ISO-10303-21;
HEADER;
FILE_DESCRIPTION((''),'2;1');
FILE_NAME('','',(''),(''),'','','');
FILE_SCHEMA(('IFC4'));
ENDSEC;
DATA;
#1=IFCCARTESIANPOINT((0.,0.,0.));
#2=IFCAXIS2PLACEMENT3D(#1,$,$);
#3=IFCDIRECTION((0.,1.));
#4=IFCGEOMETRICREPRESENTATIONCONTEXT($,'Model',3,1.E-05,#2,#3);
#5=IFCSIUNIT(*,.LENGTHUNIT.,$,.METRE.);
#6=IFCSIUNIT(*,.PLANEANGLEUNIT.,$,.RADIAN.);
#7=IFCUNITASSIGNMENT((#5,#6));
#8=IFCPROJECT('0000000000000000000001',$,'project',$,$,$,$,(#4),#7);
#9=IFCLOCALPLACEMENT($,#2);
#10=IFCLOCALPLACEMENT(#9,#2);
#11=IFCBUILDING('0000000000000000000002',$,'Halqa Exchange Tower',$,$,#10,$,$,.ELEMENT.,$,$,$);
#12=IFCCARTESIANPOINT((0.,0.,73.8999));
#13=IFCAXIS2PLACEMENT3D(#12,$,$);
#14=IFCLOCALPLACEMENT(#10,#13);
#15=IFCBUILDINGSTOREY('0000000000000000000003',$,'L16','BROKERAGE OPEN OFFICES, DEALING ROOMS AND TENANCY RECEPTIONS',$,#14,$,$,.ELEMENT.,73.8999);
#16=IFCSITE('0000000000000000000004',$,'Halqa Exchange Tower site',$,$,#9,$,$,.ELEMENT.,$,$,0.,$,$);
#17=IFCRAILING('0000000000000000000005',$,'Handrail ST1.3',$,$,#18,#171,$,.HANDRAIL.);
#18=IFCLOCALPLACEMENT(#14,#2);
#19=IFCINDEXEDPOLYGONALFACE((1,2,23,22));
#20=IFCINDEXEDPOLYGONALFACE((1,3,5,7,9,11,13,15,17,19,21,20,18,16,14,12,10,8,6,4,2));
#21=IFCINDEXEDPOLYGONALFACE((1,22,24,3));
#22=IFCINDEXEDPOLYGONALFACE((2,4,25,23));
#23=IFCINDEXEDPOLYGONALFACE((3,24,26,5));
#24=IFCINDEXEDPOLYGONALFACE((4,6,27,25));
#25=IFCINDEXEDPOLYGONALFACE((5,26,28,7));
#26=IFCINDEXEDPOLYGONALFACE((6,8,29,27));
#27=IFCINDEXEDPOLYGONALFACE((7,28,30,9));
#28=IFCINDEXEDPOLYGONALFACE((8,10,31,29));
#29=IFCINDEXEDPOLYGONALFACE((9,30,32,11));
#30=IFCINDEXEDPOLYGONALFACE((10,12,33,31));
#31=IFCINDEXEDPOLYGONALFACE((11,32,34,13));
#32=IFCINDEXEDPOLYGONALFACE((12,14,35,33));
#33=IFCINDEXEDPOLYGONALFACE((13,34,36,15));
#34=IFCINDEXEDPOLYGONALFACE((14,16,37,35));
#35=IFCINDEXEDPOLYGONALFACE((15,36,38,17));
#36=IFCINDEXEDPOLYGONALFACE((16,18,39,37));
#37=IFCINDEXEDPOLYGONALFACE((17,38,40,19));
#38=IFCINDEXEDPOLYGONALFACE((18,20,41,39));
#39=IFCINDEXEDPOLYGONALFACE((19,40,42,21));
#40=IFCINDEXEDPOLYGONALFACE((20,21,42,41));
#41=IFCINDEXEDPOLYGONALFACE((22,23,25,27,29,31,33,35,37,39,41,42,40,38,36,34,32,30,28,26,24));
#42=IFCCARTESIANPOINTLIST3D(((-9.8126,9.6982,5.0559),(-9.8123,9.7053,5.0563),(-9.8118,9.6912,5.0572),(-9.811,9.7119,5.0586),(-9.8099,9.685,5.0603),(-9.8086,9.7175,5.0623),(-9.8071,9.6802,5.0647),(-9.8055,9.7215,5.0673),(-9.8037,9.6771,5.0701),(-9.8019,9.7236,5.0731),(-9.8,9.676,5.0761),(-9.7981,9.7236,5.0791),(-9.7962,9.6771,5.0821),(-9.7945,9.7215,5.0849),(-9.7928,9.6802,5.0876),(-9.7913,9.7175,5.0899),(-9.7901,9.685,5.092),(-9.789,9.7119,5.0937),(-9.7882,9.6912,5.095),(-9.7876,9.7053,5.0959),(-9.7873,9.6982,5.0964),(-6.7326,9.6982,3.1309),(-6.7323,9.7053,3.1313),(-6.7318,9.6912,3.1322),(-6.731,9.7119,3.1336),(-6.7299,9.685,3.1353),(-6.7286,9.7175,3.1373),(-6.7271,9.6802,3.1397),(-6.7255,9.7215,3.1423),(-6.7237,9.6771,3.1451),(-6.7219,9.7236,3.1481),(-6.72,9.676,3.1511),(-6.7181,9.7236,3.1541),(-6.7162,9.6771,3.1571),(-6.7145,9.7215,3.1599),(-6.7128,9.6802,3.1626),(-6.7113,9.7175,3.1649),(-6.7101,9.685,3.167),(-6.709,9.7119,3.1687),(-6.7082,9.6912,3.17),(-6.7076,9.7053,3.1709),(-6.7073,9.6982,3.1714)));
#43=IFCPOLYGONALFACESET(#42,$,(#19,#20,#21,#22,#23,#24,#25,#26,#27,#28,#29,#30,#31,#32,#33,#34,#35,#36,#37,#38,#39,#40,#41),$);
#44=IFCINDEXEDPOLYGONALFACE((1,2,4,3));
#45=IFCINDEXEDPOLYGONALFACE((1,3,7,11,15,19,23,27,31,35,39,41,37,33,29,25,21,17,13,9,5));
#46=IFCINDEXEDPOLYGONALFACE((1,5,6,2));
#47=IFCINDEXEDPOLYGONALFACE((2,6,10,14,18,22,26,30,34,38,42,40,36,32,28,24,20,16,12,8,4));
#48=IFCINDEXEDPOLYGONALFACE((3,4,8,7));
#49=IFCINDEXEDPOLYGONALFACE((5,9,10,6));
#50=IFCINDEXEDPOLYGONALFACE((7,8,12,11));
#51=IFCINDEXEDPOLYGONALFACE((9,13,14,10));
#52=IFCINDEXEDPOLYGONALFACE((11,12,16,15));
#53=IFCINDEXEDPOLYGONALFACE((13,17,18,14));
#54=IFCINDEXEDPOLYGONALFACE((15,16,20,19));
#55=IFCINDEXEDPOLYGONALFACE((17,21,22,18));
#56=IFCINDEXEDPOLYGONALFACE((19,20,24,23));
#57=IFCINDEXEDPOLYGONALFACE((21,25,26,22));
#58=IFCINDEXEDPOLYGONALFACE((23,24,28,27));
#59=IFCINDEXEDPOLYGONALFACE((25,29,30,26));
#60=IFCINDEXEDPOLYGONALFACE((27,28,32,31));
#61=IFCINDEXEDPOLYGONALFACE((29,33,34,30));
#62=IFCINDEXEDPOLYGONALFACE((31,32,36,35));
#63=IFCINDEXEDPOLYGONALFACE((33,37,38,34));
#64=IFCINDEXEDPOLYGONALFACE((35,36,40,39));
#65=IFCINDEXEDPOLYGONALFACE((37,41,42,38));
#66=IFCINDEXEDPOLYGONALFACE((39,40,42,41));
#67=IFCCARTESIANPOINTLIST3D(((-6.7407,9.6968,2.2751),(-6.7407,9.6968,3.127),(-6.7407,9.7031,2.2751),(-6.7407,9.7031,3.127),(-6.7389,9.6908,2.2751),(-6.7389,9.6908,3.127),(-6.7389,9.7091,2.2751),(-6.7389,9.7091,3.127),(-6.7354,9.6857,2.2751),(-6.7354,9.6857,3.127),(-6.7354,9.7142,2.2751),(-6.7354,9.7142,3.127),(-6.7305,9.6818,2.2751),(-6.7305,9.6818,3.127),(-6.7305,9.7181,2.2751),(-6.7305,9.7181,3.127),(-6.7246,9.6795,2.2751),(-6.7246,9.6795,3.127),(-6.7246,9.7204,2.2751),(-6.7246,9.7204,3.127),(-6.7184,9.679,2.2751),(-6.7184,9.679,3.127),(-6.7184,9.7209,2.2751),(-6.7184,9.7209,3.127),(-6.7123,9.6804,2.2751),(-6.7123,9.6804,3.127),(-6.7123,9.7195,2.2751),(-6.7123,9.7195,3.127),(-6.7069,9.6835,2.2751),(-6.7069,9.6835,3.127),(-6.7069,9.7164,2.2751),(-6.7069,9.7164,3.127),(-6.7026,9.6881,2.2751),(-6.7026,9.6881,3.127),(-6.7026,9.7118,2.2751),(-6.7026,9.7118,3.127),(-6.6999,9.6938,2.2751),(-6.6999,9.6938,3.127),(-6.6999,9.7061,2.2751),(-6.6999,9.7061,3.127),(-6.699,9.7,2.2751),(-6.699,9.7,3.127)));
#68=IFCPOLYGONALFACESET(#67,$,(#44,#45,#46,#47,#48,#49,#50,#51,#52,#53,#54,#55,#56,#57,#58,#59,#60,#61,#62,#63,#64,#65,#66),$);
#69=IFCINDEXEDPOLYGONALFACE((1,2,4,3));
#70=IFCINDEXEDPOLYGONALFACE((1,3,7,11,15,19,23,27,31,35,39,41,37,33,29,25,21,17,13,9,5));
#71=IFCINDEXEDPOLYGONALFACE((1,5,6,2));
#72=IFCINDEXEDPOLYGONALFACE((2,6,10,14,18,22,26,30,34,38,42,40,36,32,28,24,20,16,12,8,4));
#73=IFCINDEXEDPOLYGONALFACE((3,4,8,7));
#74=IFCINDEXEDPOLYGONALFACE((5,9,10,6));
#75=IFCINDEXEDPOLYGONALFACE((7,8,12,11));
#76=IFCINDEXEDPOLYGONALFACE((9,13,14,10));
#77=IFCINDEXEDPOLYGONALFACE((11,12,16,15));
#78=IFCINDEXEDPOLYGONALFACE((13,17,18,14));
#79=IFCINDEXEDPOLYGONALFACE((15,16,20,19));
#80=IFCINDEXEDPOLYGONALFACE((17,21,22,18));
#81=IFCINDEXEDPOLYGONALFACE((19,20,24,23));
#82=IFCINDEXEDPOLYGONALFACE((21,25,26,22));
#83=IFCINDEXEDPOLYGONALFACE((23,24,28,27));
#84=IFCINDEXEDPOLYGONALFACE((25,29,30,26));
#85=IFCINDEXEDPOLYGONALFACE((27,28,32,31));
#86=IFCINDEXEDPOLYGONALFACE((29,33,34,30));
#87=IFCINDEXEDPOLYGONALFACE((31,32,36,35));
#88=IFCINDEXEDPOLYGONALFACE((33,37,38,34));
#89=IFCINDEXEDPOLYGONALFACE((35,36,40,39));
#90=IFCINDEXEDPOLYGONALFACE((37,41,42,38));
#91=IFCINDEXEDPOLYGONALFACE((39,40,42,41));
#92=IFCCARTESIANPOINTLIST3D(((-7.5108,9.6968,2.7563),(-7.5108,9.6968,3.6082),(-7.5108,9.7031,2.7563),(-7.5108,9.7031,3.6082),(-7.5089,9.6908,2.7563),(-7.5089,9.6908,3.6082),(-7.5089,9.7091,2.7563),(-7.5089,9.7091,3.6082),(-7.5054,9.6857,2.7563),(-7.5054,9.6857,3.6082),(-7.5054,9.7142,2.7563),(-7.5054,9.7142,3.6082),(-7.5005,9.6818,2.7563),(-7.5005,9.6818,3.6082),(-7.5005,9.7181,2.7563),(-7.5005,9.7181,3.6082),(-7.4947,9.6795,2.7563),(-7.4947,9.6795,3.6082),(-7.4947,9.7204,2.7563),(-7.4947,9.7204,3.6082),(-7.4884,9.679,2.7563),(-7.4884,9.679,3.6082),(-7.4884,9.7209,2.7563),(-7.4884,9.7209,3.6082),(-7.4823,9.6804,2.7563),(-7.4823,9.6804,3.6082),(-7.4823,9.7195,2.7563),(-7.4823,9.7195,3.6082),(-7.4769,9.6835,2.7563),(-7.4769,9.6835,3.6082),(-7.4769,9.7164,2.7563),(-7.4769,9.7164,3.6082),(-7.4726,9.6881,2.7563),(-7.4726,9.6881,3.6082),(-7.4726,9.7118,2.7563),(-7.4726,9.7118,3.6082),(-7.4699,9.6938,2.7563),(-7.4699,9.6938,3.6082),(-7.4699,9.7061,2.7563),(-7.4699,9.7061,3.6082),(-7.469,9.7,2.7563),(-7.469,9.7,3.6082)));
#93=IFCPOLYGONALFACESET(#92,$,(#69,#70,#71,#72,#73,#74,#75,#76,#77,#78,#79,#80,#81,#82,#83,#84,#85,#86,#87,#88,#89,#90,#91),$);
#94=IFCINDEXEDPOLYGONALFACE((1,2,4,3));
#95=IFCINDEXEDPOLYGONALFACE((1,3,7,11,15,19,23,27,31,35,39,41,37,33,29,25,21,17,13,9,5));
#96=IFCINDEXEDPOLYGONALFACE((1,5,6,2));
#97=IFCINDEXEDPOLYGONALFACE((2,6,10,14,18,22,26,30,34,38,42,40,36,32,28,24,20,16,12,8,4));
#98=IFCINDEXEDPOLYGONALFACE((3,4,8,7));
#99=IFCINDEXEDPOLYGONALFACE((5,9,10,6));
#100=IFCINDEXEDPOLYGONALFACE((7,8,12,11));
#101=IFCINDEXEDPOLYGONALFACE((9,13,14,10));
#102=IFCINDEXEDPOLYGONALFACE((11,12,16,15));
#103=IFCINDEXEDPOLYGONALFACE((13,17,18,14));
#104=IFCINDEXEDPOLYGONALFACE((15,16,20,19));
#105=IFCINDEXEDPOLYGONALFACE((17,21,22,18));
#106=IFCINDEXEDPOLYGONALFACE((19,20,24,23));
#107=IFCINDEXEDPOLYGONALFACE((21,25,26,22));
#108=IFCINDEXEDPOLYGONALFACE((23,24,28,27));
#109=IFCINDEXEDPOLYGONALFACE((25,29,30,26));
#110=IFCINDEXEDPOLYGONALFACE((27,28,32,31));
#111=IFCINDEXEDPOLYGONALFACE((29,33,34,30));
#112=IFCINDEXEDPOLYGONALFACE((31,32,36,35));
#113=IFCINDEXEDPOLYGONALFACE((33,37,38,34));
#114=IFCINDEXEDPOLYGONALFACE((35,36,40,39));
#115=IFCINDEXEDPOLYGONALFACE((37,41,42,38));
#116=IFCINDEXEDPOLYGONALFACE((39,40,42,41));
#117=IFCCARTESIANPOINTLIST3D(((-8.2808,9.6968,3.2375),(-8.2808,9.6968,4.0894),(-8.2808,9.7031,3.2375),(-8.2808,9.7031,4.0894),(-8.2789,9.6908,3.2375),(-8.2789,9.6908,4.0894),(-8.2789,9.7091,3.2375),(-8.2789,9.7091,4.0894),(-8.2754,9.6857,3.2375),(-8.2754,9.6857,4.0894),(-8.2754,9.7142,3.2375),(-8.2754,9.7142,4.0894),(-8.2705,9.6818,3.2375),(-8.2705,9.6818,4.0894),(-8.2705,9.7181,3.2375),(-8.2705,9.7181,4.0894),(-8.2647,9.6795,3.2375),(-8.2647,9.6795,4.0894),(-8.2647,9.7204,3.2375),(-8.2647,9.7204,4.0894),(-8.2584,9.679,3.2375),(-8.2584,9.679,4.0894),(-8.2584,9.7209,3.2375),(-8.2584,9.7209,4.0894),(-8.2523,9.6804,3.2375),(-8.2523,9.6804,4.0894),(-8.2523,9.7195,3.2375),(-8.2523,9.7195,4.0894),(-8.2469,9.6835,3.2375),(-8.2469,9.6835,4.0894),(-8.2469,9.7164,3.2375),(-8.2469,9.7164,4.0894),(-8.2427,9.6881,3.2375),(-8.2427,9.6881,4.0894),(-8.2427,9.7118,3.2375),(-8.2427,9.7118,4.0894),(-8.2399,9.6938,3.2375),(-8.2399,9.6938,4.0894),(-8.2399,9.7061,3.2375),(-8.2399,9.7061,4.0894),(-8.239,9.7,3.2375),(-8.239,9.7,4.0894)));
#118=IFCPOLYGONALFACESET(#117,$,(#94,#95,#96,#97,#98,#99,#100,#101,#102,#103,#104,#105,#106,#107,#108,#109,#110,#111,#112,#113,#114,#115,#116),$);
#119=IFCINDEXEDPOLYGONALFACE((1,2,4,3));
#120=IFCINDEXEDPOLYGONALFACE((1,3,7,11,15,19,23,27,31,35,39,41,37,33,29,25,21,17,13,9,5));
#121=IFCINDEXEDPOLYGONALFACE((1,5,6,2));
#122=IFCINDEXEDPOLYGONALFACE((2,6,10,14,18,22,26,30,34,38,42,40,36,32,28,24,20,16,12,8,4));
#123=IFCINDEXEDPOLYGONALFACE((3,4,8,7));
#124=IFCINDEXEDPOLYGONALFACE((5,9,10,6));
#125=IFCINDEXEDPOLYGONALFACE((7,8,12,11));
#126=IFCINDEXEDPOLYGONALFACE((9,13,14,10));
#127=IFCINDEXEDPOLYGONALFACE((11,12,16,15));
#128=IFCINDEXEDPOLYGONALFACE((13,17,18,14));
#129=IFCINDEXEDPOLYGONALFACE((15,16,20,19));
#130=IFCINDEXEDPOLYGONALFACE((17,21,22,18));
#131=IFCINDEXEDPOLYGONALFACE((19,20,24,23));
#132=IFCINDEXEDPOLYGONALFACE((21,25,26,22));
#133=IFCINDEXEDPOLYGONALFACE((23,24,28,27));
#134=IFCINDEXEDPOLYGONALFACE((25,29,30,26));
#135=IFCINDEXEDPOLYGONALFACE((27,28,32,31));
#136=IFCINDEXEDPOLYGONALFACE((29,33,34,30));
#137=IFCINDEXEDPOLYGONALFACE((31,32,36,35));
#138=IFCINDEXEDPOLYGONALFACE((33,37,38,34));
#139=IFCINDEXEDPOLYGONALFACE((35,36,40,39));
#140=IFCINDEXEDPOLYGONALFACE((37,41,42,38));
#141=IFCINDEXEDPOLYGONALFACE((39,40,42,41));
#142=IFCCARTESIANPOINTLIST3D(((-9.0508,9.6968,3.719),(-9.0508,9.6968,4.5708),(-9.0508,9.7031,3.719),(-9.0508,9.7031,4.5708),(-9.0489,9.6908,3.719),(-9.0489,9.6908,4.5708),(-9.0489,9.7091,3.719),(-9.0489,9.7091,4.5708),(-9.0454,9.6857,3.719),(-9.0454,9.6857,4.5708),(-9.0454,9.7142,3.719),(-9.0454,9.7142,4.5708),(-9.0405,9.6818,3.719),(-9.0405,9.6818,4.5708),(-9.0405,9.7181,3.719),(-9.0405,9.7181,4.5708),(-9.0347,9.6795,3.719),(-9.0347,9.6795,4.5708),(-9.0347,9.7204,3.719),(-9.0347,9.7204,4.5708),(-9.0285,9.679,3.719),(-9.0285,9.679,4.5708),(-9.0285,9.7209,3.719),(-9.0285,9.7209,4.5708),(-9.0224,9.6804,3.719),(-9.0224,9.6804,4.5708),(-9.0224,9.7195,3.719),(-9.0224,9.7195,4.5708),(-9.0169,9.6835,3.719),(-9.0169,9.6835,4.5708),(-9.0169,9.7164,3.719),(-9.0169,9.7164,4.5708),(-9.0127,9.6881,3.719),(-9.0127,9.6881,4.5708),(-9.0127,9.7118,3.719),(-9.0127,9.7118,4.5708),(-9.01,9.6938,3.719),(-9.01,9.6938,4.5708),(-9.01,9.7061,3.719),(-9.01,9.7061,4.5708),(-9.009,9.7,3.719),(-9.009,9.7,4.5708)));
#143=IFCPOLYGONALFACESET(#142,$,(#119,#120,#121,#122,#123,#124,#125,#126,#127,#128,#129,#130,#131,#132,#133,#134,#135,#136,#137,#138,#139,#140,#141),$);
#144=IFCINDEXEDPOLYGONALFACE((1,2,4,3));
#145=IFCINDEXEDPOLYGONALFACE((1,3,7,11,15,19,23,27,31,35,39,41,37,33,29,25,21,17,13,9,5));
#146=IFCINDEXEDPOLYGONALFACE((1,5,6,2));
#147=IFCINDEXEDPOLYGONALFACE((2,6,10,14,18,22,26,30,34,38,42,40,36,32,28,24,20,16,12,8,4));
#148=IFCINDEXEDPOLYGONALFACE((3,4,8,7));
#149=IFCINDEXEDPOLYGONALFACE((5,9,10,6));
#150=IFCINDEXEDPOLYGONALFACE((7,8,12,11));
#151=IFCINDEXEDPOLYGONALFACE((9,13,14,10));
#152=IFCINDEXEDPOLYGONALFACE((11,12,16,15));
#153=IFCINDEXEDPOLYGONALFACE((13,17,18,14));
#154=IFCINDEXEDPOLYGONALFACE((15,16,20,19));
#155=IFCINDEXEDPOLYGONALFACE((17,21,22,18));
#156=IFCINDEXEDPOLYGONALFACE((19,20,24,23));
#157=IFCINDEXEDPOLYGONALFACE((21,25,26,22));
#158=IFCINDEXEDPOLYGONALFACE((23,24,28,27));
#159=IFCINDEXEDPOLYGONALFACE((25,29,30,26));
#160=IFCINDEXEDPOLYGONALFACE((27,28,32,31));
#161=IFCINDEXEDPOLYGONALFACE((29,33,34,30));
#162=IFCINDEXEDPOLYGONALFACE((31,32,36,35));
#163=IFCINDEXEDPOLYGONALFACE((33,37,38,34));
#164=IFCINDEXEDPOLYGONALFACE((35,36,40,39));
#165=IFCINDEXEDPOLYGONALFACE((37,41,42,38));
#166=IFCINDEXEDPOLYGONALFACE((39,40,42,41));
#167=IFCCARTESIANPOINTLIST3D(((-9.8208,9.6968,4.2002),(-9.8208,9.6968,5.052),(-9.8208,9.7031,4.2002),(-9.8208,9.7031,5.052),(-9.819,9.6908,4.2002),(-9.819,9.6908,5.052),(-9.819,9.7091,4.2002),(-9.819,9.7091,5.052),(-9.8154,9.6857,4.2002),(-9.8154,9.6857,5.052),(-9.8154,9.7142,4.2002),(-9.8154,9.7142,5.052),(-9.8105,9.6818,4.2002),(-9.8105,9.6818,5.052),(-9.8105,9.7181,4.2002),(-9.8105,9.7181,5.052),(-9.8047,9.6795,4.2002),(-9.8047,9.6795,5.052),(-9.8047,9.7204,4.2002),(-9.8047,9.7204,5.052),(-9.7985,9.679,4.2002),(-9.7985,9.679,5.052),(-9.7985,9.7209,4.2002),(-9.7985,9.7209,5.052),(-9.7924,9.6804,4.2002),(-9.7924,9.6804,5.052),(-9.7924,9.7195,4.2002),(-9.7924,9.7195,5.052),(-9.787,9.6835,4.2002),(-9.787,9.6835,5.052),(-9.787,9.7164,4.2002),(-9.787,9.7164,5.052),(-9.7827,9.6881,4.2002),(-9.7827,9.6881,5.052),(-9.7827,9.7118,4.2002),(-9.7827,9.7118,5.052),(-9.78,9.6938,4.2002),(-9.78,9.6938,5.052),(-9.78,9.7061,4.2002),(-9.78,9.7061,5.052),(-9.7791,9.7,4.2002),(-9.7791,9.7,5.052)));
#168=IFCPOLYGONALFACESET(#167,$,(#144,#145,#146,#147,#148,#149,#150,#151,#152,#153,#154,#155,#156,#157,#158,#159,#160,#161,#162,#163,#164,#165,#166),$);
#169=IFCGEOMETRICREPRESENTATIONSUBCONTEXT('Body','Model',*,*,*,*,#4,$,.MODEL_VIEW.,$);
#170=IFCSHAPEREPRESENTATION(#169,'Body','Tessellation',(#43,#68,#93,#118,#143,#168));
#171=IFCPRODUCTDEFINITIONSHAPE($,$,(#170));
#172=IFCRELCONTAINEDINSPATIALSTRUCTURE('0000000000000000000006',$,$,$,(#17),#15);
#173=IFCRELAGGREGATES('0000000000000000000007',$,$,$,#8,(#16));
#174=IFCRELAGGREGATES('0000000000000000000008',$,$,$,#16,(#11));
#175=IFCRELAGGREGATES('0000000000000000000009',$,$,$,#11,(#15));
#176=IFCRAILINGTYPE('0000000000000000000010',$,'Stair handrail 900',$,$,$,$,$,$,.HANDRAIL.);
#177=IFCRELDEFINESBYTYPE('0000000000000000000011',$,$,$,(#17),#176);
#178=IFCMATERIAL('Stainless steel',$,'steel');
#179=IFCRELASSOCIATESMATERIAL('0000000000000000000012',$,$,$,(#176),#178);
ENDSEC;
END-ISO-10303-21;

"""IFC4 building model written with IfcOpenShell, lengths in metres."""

from ifc_helpers import new_model, si_unit, direction, frame, origin, origin_2d, place, context, subcontext, project, spatial, circle, extrude, material, type_object, element, save


model = new_model("IFC4")

# Units and contexts
model_context = context("Model", 3, precision=1e-05, world=origin(), true_north=direction((0.0, 1.0)))
body_context = subcontext(model_context, "Body", "Model", "MODEL_VIEW")
ifc_project = project(units=[si_unit("LENGTHUNIT", "METRE"), si_unit("PLANEANGLEUNIT", "RADIAN")], contexts=[model_context])

# Site, building, storey
site_placement = place(None, origin())
site = spatial("IfcSite", under=ifc_project, at=site_placement, Name="Halqa Exchange Tower site", CompositionType="ELEMENT", RefElevation=0.0)
building_placement = place(site_placement, origin())
building = spatial("IfcBuilding", under=site, at=building_placement, Name="Halqa Exchange Tower", CompositionType="ELEMENT")
storey_placement = place(building_placement, frame((0.0, 0.0, 73.8999)))
storey = spatial("IfcBuildingStorey", under=building, at=storey_placement, Name="L16", Description="BROKERAGE OPEN OFFICES, DEALING ROOMS AND TENANCY RECEPTIONS", CompositionType="ELEMENT", Elevation=73.8999)

# Railing
ifc_material_1 = material(Name="Stainless steel", Category="steel")
railing_type_1 = type_object("IfcRailingType", Name="Stair handrail 900", PredefinedType="HANDRAIL", material=ifc_material_1)
railing_1_placement = place(storey_placement, frame((-6.72, 9.7, 2.2751)))
element("IfcRailing", 1, at=railing_1_placement, inside=storey, type_object=railing_type_1, Name="Handrail ST1.3", PredefinedType="HANDRAIL", context=body_context, shape_type="SweptSolid", body=[
    extrude(circle(Radius=0.0239, at=origin_2d()), frame((0.0, 0.0, 0.876), z_axis=(-0.847998, 0.0, 0.529999), x_axis=(0.0, -1.0, 0.0)), (0.0, 0.0, 1.0), 3.6321),
    extrude(circle(Radius=0.021, at=origin_2d()), origin(), (0.0, 0.0, 1.0), 0.8518),
    extrude(circle(Radius=0.021, at=origin_2d()), frame((-0.77, 0.0, 0.4812)), (0.0, 0.0, 1.0), 0.8518),
    extrude(circle(Radius=0.021, at=origin_2d()), frame((-1.54, 0.0, 0.9624)), (0.0, 0.0, 1.0), 0.8518),
    extrude(circle(Radius=0.021, at=origin_2d()), frame((-2.3101, 0.0, 1.4438)), (0.0, 0.0, 1.0), 0.8518),
    extrude(circle(Radius=0.021, at=origin_2d()), frame((-3.0801, 0.0, 1.925)), (0.0, 0.0, 1.0), 0.8518),
])

save(model, "model.ifc")
